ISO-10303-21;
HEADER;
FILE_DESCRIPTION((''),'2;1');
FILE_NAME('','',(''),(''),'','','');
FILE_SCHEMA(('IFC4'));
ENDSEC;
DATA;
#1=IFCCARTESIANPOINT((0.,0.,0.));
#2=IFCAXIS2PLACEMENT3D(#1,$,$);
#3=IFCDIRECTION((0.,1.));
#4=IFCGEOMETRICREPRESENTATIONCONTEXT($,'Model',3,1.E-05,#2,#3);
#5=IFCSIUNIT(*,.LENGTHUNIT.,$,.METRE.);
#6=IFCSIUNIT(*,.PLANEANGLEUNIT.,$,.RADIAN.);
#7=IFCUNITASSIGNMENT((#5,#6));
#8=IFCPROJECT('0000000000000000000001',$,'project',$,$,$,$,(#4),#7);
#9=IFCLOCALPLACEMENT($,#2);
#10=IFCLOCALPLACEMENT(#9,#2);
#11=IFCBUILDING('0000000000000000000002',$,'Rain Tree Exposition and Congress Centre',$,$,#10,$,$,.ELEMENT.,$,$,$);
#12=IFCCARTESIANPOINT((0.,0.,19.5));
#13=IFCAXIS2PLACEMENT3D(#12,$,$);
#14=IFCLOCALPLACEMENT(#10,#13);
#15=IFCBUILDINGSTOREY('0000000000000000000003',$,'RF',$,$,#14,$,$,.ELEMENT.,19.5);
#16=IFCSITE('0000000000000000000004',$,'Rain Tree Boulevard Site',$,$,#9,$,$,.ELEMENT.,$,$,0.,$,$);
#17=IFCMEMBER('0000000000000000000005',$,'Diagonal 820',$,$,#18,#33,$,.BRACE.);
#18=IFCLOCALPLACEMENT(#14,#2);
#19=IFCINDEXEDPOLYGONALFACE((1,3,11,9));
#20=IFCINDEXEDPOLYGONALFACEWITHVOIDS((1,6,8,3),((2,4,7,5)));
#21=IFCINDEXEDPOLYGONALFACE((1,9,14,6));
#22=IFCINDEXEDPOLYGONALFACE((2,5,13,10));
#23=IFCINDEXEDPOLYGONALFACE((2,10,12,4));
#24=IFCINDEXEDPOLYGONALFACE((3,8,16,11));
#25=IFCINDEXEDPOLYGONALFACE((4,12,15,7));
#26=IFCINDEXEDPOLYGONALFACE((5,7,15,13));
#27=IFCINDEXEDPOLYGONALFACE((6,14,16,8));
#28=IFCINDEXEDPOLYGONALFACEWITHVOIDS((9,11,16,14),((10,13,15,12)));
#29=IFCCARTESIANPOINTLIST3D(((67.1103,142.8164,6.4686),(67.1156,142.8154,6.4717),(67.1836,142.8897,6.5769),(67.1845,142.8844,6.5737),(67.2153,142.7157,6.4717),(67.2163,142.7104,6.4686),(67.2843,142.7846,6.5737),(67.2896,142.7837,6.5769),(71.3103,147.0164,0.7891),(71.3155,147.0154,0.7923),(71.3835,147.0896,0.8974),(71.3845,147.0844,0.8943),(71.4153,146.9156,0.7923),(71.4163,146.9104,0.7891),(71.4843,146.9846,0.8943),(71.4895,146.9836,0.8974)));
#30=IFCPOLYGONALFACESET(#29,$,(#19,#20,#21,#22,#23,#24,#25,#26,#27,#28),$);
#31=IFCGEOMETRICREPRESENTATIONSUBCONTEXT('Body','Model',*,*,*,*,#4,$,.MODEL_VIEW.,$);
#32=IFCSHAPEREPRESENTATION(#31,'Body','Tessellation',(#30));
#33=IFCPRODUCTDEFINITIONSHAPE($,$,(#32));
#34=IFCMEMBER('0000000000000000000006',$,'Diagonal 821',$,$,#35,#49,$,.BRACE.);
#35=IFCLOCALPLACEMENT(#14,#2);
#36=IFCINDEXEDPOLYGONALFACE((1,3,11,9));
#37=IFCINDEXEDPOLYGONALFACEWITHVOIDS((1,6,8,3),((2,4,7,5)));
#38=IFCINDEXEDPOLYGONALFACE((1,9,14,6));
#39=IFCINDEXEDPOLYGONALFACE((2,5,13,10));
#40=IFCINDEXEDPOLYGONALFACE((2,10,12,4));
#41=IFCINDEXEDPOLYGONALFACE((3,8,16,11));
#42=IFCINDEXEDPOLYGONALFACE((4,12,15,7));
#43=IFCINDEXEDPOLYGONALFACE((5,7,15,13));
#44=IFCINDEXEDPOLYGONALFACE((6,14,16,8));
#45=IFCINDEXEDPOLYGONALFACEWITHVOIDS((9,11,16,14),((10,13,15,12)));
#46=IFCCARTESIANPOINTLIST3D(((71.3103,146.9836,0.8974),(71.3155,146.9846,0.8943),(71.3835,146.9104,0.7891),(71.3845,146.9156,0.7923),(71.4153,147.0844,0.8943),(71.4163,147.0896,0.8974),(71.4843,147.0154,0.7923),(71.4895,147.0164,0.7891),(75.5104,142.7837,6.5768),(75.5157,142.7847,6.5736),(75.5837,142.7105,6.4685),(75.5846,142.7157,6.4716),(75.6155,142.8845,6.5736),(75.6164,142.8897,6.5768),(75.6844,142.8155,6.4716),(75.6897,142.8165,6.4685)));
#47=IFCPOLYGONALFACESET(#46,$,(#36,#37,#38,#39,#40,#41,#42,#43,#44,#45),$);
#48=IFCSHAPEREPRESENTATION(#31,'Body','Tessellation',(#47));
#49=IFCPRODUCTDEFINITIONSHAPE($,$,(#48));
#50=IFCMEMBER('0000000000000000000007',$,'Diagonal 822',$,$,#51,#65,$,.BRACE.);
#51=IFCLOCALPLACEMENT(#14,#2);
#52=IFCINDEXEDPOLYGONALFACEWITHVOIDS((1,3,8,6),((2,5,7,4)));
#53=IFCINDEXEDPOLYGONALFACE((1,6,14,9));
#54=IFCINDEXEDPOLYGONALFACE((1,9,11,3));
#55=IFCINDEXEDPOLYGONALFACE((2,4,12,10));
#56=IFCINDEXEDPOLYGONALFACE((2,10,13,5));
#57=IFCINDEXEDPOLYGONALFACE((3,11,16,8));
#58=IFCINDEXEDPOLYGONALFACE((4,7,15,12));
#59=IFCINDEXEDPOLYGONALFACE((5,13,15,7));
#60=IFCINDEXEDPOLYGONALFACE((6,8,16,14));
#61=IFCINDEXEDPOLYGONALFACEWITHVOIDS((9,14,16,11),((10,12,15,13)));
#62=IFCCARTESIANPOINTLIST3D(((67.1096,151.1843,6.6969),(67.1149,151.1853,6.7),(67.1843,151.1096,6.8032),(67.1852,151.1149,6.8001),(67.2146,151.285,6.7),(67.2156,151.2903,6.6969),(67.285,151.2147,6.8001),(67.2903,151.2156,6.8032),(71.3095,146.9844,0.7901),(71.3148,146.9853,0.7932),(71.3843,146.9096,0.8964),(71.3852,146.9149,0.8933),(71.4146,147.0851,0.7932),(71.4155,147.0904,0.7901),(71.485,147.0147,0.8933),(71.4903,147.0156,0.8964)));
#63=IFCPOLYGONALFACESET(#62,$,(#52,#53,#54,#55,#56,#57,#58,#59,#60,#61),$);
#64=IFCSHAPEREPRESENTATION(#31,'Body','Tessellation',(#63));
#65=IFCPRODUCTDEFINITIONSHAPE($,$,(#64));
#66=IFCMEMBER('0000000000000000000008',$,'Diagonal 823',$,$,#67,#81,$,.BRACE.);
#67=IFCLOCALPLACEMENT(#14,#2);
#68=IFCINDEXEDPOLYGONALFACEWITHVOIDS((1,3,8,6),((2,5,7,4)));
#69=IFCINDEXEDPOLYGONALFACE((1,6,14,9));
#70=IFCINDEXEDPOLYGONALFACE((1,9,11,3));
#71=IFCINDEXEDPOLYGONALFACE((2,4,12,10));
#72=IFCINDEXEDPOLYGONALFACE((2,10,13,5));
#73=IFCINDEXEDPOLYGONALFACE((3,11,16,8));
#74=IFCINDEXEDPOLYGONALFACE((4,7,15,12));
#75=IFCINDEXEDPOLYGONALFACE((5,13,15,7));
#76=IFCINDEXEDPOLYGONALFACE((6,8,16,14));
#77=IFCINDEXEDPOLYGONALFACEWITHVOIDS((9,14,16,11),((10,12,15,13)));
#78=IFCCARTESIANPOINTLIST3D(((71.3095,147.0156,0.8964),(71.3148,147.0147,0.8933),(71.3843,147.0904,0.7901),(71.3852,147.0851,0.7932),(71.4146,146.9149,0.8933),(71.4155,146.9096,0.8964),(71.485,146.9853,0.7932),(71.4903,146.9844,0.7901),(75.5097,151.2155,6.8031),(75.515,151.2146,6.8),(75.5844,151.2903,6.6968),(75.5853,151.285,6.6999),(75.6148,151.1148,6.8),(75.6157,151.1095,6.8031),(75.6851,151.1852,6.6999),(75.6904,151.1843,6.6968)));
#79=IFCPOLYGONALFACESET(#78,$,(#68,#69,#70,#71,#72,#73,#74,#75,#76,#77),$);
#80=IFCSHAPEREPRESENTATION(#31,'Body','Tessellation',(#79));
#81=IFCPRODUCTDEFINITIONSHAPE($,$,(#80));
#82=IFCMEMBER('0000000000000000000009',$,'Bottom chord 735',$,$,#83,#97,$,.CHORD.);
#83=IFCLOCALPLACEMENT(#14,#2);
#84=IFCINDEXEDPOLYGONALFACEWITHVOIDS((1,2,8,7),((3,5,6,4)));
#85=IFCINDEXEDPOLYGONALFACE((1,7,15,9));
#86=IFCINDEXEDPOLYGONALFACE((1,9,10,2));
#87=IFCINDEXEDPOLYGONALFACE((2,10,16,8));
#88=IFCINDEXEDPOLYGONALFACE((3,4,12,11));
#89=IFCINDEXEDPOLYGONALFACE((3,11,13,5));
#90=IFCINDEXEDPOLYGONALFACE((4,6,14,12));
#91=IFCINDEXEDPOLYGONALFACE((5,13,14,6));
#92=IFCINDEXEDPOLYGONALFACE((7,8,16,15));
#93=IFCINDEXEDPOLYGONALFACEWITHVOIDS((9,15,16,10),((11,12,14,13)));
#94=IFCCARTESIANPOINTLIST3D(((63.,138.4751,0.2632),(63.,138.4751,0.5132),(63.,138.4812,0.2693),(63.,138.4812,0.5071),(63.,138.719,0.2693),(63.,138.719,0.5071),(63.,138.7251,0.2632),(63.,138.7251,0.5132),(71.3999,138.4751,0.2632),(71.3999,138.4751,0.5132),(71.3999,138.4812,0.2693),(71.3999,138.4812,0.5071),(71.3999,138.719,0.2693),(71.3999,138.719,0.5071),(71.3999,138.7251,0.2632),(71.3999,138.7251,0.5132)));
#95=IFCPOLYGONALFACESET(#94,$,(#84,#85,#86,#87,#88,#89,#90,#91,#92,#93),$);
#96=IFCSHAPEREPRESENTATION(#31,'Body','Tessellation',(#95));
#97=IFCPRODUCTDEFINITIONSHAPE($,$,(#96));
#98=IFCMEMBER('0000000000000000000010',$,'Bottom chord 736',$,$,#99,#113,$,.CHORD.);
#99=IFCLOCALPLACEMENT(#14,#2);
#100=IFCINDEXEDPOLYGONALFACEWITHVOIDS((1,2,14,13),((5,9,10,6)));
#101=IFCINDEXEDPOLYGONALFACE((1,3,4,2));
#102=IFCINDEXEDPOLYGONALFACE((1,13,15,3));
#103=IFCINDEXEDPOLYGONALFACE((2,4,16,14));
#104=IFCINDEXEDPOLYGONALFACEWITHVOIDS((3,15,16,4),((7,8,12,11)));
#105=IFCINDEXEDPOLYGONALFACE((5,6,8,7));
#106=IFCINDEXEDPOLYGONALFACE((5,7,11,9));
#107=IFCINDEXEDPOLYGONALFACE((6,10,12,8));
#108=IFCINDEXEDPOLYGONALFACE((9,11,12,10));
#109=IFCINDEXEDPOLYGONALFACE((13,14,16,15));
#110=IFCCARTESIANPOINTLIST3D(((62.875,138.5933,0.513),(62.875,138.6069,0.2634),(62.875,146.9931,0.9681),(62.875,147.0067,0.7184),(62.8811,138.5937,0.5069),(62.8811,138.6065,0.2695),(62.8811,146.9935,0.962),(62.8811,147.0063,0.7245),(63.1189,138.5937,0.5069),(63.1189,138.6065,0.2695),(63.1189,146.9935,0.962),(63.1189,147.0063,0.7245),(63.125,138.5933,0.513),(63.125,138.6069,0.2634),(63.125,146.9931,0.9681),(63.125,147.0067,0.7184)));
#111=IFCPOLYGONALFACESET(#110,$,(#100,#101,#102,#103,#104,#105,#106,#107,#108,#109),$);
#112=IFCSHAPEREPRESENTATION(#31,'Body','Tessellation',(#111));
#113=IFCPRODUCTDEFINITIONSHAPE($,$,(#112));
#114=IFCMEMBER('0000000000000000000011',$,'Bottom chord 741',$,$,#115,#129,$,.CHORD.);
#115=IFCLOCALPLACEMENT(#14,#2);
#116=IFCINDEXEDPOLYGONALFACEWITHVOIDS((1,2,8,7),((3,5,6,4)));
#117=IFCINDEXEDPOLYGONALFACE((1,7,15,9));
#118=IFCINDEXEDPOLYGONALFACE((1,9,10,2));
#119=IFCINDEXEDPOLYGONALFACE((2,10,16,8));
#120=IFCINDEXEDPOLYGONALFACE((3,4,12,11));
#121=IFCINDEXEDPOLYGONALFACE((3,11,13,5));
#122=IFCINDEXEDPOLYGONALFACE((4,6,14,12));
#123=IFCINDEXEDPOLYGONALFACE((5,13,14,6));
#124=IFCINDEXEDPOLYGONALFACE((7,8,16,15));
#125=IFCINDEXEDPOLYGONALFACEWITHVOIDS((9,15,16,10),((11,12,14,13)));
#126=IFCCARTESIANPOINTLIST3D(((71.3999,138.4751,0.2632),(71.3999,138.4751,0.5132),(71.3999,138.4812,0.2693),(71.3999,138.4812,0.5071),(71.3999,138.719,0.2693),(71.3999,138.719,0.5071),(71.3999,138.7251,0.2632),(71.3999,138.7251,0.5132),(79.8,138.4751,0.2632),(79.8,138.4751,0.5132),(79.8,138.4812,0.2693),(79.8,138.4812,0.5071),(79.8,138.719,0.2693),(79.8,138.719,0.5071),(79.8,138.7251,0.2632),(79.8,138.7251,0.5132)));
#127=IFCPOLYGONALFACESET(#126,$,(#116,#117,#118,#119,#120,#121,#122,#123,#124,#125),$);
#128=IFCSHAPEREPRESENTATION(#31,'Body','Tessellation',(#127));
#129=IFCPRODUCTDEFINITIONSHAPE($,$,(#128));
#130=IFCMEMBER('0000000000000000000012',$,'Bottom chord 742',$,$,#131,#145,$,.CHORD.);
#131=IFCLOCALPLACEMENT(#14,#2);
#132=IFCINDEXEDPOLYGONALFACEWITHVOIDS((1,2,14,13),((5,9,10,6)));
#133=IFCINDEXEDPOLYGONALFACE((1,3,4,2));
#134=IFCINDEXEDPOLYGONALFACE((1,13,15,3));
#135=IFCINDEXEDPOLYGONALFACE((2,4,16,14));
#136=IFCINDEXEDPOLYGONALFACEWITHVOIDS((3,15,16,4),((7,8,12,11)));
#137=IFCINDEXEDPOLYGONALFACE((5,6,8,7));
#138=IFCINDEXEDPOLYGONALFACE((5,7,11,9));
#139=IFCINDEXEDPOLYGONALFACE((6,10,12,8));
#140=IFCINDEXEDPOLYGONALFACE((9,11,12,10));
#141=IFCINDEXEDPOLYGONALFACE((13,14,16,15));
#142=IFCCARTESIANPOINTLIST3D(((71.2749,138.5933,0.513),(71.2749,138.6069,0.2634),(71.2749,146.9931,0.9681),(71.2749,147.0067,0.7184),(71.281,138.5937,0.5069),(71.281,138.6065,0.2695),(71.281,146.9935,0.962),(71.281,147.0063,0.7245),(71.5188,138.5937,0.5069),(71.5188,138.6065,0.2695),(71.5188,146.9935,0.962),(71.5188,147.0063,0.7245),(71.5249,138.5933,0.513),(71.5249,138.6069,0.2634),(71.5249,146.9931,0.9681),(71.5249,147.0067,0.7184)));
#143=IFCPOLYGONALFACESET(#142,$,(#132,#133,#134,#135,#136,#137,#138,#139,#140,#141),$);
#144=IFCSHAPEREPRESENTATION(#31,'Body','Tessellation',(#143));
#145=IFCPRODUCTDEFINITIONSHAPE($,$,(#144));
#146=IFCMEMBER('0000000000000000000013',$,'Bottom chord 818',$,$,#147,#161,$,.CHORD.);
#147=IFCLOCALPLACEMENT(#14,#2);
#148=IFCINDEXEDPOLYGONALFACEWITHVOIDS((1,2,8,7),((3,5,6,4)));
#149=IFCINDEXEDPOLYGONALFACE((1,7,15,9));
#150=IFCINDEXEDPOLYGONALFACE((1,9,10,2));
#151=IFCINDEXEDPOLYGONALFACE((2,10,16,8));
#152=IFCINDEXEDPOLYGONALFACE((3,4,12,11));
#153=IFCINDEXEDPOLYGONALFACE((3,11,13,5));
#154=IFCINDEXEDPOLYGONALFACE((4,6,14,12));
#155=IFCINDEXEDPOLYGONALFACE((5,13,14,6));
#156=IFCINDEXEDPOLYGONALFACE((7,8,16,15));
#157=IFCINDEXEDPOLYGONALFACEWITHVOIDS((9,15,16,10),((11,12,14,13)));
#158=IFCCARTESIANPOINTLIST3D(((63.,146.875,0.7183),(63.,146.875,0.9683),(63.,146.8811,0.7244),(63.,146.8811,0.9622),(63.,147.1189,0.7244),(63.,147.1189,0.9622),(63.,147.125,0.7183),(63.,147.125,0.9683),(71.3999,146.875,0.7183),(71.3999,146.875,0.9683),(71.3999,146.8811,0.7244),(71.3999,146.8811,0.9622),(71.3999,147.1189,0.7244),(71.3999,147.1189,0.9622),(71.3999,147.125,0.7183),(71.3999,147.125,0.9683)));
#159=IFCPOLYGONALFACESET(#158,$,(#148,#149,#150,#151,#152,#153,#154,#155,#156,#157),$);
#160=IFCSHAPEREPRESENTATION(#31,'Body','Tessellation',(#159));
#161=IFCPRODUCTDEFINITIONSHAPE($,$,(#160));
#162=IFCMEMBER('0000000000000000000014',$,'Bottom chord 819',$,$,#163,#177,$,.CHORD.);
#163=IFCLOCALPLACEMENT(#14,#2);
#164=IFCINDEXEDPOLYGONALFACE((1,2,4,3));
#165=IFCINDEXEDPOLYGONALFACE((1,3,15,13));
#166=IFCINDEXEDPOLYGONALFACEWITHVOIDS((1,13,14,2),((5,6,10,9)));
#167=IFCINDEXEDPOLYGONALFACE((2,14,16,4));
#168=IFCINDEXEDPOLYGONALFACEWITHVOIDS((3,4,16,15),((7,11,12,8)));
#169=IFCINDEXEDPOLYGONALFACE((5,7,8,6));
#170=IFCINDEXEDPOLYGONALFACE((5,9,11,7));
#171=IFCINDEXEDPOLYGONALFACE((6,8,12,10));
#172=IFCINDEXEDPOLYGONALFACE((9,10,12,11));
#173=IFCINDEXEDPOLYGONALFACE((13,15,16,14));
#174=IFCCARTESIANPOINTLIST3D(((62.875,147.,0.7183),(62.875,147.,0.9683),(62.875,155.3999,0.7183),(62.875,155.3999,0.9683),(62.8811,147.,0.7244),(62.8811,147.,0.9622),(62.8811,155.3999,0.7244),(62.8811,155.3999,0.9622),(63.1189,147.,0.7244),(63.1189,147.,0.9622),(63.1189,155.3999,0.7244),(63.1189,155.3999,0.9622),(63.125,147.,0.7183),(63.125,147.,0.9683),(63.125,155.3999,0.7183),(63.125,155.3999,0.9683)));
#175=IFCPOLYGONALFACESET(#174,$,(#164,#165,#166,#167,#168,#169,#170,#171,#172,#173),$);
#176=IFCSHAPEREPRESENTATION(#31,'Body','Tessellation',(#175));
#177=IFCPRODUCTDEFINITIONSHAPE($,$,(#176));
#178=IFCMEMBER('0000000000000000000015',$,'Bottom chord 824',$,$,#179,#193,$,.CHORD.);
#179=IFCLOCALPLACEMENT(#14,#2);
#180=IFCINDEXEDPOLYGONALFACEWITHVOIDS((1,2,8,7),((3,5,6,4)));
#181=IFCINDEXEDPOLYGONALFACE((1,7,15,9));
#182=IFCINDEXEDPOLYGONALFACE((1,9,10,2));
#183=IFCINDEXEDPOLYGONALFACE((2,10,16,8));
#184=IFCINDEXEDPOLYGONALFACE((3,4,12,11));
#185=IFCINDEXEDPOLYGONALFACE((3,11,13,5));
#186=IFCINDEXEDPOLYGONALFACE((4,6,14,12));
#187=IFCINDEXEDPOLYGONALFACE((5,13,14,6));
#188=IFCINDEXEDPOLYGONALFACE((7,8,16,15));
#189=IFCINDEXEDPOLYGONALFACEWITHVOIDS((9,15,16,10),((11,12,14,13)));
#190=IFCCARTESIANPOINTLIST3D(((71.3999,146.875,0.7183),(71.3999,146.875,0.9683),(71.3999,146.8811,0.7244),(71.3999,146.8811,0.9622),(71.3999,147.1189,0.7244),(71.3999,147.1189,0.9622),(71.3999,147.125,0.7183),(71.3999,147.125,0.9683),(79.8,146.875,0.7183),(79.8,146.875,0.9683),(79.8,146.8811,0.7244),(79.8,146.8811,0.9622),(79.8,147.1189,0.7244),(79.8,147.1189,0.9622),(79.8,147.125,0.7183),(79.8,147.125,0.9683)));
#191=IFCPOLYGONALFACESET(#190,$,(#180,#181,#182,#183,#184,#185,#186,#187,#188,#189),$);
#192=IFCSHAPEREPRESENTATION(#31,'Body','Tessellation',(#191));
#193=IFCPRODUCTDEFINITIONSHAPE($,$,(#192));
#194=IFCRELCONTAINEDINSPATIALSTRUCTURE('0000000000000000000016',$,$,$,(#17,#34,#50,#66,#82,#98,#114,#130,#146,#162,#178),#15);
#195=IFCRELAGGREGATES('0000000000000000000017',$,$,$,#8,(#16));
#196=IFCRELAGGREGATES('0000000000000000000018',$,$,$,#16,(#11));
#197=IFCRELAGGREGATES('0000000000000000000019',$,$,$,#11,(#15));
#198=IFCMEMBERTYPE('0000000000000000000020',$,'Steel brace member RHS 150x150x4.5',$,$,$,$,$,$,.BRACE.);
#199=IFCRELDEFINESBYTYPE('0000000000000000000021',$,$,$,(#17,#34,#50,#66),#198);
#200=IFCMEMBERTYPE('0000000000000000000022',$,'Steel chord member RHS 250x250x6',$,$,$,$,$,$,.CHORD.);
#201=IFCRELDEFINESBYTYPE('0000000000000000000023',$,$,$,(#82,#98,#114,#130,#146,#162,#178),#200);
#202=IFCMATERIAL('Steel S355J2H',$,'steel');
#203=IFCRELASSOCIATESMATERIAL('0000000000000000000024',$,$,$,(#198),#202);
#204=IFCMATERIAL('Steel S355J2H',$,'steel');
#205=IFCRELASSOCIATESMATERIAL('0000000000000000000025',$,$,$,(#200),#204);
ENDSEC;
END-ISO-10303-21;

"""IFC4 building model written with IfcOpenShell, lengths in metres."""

from ifc_helpers import new_model, si_unit, direction, frame, origin, origin_2d, place, context, subcontext, project, spatial, hollow_rectangle, extrude, material, material_profile, profile_set, type_object, element, save


model = new_model("IFC4")

# Units and contexts
model_context = context("Model", 3, precision=1e-05, world=origin(), true_north=direction((0.0, 1.0)))
body_context = subcontext(model_context, "Body", "Model", "MODEL_VIEW")
ifc_project = project(units=[si_unit("LENGTHUNIT", "METRE"), si_unit("PLANEANGLEUNIT", "RADIAN")], contexts=[model_context])

# Site, building, storey
site_placement = place(None, origin())
site = spatial("IfcSite", under=ifc_project, at=site_placement, Name="Rain Tree Boulevard Site", CompositionType="ELEMENT", RefElevation=0.0)
building_placement = place(site_placement, origin())
building = spatial("IfcBuilding", under=site, at=building_placement, Name="Rain Tree Exposition and Congress Centre", CompositionType="ELEMENT")
storey_placement = place(building_placement, frame((0.0, 0.0, 19.5)))
storey = spatial("IfcBuildingStorey", under=building, at=storey_placement, Name="RF", CompositionType="ELEMENT", Elevation=19.5)

# Members
ifc_material_1 = material(Name="Steel S355J2H", Category="steel")
ifc_material_profile_1 = material_profile(ifc_material_1, hollow_rectangle(XDim=0.1499, YDim=0.1499, WallThickness=0.0044, at=origin_2d()), Name="RHS 150x150x4.5")
ifc_profile_set_1 = profile_set([ifc_material_profile_1], Name="Steel S355J2H")
member_type_1 = type_object("IfcMemberType", Name="Steel brace member RHS 150x150x4.5", PredefinedType="BRACE", material=ifc_profile_set_1)
for number, where, z_axis, x_axis, name in (
    (1, (71.3999, 147.0, 0.8433), (-0.511068, -0.511068, 0.691099), (0.707107, -0.707107, 0.0), "Diagonal 820"),
    (2, (71.3999, 147.0, 0.8433), (0.51109, -0.511061, 0.691089), (0.707086, 0.707127, 0.0), "Diagonal 821"),
):
    element("IfcMember", number, at=place(storey_placement, frame(where, z_axis=z_axis, x_axis=x_axis)), inside=storey, type_object=member_type_1, Name=name, PredefinedType="BRACE", context=body_context, shape_type="SweptSolid", body=[
        extrude(hollow_rectangle(XDim=0.1499, YDim=0.1499, WallThickness=0.0044, at=origin_2d()), origin(), (0.0, 0.0, 1.0), 8.218),
    ])
for number, where, z_axis, x_axis, name in (
    (3, (71.3999, 147.0, 0.8433), (-0.501386, 0.501386, 0.705141), (-0.707107, -0.707107, 0.0), "Diagonal 822"),
    (4, (71.3999, 147.0, 0.8433), (0.501408, 0.501379, 0.705131), (-0.707086, 0.707127, 0.0), "Diagonal 823"),
):
    element("IfcMember", number, at=place(storey_placement, frame(where, z_axis=z_axis, x_axis=x_axis)), inside=storey, type_object=member_type_1, Name=name, PredefinedType="BRACE", context=body_context, shape_type="SweptSolid", body=[
        extrude(hollow_rectangle(XDim=0.1499, YDim=0.1499, WallThickness=0.0044, at=origin_2d()), origin(), (0.0, 0.0, 1.0), 8.3767),
    ])
ifc_material_2 = material(Name="Steel S355J2H", Category="steel")
ifc_material_profile_2 = material_profile(ifc_material_2, hollow_rectangle(XDim=0.25, YDim=0.25, WallThickness=0.0061, at=origin_2d()), Name="RHS 250x250x6")
ifc_profile_set_2 = profile_set([ifc_material_profile_2], Name="Steel S355J2H")
member_type_2 = type_object("IfcMemberType", Name="Steel chord member RHS 250x250x6", PredefinedType="CHORD", material=ifc_profile_set_2)
member_1_placement = place(storey_placement, frame((63.0, 138.6001, 0.3882), z_axis=(1.0, 0.0, 0.0), x_axis=(0.0, 1.0, 0.0)))
element("IfcMember", 5, at=member_1_placement, inside=storey, type_object=member_type_2, Name="Bottom chord 735", PredefinedType="CHORD", context=body_context, shape_type="SweptSolid", body=[
    extrude(hollow_rectangle(XDim=0.25, YDim=0.25, WallThickness=0.0061, at=origin_2d()), origin(), (0.0, 0.0, 1.0), 8.3999),
])
member_2_placement = place(storey_placement, frame((63.0, 138.6001, 0.3882), z_axis=(0.0, 0.998536, 0.054097), x_axis=(-1.0, 0.0, 0.0)))
element("IfcMember", 6, at=member_2_placement, inside=storey, type_object=member_type_2, Name="Bottom chord 736", PredefinedType="CHORD", context=body_context, shape_type="SweptSolid", body=[
    extrude(hollow_rectangle(XDim=0.25, YDim=0.25, WallThickness=0.0061, at=origin_2d()), origin(), (0.0, 0.0, 1.0), 8.4121),
])
member_3_placement = place(storey_placement, frame((71.3999, 138.6001, 0.3882), z_axis=(1.0, 0.0, 0.0), x_axis=(0.0, 1.0, 0.0)))
element("IfcMember", 7, at=member_3_placement, inside=storey, type_object=member_type_2, Name="Bottom chord 741", PredefinedType="CHORD", context=body_context, shape_type="SweptSolid", body=[
    extrude(hollow_rectangle(XDim=0.25, YDim=0.25, WallThickness=0.0061, at=origin_2d()), origin(), (0.0, 0.0, 1.0), 8.4001),
])
member_4_placement = place(storey_placement, frame((71.3999, 138.6001, 0.3882), z_axis=(0.0, 0.998536, 0.054097), x_axis=(-1.0, 0.0, 0.0)))
element("IfcMember", 8, at=member_4_placement, inside=storey, type_object=member_type_2, Name="Bottom chord 742", PredefinedType="CHORD", context=body_context, shape_type="SweptSolid", body=[
    extrude(hollow_rectangle(XDim=0.25, YDim=0.25, WallThickness=0.0061, at=origin_2d()), origin(), (0.0, 0.0, 1.0), 8.4121),
])
for number, where, z_axis, x_axis, name in (
    (9, (63.0, 147.0, 0.8433), (1.0, 0.0, 0.0), (0.0, 1.0, 0.0), "Bottom chord 818"),
    (10, (63.0, 147.0, 0.8433), (0.0, 1.0, 0.0), (-1.0, 0.0, 0.0), "Bottom chord 819"),
):
    element("IfcMember", number, at=place(storey_placement, frame(where, z_axis=z_axis, x_axis=x_axis)), inside=storey, type_object=member_type_2, Name=name, PredefinedType="CHORD", context=body_context, shape_type="SweptSolid", body=[
        extrude(hollow_rectangle(XDim=0.25, YDim=0.25, WallThickness=0.0061, at=origin_2d()), origin(), (0.0, 0.0, 1.0), 8.3999),
    ])
member_5_placement = place(storey_placement, frame((71.3999, 147.0, 0.8433), z_axis=(1.0, 0.0, 0.0), x_axis=(0.0, 1.0, 0.0)))
element("IfcMember", 11, at=member_5_placement, inside=storey, type_object=member_type_2, Name="Bottom chord 824", PredefinedType="CHORD", context=body_context, shape_type="SweptSolid", body=[
    extrude(hollow_rectangle(XDim=0.25, YDim=0.25, WallThickness=0.0061, at=origin_2d()), origin(), (0.0, 0.0, 1.0), 8.4001),
])

save(model, "model.ifc")
